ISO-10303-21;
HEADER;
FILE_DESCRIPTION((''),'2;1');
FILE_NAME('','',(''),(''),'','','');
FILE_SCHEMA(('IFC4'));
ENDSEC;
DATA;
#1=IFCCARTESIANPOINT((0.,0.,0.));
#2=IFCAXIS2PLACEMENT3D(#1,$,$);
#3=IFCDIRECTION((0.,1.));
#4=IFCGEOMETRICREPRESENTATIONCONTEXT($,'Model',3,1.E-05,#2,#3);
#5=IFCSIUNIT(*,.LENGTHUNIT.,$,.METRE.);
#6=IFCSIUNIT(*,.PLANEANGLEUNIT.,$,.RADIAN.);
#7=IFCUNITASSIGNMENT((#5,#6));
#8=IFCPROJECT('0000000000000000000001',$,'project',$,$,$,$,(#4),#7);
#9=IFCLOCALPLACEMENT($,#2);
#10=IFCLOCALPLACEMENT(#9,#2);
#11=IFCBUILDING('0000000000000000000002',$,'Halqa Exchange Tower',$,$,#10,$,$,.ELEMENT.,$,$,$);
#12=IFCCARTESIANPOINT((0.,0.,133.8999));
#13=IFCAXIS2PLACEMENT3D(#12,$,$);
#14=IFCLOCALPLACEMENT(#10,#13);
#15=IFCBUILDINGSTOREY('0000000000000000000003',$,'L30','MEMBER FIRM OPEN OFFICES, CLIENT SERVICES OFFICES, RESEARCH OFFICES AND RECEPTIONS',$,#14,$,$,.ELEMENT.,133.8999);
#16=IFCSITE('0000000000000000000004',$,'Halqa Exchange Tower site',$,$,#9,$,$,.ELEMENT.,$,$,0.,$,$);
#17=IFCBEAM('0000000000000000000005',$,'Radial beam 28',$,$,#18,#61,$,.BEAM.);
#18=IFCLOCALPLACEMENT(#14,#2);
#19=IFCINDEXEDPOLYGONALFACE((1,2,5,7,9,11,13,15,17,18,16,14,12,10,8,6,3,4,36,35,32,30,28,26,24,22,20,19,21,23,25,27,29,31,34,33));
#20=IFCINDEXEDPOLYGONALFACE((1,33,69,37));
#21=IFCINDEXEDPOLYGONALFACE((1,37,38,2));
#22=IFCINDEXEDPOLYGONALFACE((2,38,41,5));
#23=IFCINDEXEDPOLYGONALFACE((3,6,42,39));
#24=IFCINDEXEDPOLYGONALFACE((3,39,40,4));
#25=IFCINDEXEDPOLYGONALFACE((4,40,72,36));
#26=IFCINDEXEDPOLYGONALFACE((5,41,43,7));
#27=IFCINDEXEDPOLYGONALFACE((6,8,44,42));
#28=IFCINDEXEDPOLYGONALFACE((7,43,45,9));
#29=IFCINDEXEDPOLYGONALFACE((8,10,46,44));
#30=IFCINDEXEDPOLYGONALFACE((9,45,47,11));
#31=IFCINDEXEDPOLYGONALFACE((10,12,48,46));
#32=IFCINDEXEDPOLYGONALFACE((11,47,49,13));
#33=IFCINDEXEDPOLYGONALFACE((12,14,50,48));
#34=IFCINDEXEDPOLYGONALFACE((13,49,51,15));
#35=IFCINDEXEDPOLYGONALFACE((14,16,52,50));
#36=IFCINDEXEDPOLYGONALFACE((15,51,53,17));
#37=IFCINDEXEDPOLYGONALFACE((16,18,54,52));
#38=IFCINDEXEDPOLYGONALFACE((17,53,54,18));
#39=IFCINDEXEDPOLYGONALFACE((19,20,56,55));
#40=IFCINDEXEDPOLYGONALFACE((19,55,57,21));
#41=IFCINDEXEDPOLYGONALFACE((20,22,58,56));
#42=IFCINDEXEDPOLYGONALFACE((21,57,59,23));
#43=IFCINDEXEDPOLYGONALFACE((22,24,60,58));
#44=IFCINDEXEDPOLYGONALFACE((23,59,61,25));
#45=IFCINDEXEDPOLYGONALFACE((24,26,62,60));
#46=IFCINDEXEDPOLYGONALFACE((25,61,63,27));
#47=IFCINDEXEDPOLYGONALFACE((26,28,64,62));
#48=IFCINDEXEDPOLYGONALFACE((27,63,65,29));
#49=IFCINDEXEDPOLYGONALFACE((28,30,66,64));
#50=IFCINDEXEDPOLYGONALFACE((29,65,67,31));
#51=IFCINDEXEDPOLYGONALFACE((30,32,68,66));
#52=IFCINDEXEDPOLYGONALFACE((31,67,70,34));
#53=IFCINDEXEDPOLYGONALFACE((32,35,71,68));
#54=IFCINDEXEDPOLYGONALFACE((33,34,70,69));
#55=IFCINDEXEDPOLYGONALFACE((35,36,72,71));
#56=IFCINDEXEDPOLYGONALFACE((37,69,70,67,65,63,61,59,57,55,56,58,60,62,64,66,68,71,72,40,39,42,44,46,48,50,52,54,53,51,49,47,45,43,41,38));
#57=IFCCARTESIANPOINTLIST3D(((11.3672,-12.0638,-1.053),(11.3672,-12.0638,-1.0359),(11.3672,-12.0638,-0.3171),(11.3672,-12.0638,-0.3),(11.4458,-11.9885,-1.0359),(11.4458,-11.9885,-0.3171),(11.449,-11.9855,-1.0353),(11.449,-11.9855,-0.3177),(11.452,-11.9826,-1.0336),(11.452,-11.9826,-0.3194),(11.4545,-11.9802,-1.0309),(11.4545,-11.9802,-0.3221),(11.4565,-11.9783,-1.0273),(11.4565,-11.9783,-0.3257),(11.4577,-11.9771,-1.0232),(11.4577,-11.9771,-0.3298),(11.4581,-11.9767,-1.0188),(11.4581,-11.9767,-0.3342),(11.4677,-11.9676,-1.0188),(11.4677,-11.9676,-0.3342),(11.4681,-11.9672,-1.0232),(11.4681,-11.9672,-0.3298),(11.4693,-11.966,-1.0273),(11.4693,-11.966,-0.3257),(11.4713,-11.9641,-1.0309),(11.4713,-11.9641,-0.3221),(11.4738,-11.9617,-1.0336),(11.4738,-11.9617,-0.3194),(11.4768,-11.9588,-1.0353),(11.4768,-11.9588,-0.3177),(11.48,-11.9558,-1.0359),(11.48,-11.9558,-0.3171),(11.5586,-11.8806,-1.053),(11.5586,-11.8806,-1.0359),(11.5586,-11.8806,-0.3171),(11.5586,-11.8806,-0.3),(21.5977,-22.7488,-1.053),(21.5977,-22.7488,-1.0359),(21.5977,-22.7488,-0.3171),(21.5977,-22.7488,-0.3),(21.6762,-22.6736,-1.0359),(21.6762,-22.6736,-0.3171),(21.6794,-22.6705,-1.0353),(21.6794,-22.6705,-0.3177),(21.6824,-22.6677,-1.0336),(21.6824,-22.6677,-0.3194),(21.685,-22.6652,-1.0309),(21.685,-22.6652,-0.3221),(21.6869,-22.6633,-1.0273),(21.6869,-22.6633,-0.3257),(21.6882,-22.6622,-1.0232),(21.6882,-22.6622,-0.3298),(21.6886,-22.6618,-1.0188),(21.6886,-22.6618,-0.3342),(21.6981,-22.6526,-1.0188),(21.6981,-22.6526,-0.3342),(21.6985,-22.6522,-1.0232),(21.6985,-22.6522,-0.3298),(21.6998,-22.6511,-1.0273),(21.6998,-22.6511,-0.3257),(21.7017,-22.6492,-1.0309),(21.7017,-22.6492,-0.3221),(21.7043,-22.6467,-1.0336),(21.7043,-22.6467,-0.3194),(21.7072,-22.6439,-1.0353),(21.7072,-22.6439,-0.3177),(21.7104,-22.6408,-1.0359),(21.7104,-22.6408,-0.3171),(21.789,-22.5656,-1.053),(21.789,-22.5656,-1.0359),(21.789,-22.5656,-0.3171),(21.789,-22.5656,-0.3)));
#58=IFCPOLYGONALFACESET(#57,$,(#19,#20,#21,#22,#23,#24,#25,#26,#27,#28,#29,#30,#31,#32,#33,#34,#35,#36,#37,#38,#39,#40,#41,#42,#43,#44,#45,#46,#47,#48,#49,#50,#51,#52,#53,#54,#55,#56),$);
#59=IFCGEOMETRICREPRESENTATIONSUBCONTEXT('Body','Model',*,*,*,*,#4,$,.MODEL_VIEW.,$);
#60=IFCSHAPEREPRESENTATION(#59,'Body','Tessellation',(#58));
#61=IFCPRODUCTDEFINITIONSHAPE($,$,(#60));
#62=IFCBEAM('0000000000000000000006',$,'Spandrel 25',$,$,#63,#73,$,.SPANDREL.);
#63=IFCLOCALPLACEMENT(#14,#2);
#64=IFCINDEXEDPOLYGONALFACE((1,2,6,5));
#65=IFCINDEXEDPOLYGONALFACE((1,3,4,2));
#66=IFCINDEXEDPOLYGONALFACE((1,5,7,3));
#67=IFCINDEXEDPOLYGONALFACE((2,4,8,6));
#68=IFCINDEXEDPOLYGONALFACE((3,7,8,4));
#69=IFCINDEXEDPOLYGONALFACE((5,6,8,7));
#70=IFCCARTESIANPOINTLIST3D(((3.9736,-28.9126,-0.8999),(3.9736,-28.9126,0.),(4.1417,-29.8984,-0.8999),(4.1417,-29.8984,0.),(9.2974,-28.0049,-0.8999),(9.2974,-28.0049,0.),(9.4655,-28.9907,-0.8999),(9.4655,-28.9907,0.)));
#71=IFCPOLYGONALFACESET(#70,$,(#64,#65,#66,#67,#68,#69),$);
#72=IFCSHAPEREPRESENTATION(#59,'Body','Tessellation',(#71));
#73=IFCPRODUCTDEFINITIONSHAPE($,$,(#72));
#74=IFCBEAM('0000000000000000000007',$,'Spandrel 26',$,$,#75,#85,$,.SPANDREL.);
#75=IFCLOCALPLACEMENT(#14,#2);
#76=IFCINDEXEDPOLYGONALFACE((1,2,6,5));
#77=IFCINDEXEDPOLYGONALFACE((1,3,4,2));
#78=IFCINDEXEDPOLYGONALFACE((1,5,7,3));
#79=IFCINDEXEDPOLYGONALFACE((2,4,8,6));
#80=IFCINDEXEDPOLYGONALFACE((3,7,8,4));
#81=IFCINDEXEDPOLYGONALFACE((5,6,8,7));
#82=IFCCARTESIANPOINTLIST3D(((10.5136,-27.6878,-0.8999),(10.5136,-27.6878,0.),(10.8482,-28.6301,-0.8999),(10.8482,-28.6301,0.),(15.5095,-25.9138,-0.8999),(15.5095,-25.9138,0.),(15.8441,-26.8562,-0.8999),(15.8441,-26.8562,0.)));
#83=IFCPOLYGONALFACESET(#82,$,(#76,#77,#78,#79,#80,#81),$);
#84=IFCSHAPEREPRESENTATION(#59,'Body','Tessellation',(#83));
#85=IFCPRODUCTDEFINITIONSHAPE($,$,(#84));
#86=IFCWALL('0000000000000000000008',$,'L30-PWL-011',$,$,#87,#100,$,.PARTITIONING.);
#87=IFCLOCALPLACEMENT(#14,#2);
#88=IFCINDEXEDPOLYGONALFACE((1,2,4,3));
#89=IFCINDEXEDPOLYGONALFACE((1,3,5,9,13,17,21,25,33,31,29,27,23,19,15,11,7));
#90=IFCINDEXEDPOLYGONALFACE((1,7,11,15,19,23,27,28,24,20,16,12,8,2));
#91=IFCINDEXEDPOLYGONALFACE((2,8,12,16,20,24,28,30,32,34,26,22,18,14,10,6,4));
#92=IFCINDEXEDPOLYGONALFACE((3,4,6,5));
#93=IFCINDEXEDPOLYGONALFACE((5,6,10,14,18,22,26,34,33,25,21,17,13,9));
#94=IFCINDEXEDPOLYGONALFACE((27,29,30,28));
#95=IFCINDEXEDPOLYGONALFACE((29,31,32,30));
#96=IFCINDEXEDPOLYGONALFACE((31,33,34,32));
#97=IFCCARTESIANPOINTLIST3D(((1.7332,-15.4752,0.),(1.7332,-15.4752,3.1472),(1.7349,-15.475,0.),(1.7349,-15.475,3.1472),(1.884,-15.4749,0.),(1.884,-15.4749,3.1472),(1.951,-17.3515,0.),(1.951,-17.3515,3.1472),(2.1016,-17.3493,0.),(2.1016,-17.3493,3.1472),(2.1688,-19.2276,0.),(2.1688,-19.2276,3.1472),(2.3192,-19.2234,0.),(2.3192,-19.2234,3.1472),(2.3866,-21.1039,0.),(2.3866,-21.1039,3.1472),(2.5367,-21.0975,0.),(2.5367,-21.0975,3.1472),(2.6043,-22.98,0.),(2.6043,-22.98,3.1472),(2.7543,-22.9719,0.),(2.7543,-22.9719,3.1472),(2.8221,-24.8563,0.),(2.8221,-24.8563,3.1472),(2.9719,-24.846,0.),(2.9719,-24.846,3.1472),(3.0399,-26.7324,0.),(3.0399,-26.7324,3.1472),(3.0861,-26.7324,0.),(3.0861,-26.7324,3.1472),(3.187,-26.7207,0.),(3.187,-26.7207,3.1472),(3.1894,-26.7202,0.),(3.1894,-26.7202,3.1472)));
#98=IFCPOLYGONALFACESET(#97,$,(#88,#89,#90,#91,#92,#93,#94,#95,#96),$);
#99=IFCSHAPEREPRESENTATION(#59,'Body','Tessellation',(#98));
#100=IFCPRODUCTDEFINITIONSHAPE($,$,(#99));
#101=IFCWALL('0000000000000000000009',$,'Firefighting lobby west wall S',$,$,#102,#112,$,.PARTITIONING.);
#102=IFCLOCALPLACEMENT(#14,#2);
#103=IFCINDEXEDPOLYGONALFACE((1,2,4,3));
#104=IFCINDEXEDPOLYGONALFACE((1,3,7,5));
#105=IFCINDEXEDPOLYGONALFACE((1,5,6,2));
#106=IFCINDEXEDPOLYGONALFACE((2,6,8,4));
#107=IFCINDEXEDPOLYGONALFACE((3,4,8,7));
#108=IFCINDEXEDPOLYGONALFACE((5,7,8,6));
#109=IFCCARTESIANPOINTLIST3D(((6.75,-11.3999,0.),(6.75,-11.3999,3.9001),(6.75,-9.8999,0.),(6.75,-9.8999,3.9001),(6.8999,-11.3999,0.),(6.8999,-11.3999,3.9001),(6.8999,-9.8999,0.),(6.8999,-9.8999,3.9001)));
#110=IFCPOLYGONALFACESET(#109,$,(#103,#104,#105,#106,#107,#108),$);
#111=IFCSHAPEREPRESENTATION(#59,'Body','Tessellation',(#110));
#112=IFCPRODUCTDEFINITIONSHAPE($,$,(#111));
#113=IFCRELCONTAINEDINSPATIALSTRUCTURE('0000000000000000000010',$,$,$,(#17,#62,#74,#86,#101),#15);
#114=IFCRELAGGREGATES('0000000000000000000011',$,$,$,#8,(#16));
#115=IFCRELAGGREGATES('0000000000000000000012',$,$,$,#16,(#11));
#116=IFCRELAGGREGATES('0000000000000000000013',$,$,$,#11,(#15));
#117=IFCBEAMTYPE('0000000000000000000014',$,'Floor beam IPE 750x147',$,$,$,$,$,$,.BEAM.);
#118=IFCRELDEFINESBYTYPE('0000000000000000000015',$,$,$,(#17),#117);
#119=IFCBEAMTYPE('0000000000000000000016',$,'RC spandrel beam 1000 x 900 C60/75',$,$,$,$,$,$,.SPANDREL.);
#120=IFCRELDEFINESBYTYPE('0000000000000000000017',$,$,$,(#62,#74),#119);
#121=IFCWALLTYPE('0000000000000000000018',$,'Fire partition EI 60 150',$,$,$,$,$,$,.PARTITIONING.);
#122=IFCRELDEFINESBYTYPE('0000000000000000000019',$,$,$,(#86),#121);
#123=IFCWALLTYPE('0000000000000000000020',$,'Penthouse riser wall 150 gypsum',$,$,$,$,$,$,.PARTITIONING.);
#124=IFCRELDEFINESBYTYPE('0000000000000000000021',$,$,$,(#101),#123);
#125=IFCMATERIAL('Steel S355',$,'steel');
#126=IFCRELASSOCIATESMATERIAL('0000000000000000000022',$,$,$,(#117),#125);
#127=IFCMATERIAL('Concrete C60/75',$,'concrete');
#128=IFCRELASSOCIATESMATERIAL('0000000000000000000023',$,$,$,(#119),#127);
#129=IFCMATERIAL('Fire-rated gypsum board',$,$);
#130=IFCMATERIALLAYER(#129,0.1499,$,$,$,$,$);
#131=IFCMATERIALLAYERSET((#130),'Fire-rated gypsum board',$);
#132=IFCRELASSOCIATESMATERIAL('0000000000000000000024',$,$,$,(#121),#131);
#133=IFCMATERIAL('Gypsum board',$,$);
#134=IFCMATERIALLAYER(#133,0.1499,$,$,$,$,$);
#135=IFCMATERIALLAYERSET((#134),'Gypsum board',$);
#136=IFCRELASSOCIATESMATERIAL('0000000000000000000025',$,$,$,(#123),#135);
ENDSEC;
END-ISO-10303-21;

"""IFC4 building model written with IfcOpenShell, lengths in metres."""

from ifc_helpers import new_model, si_unit, direction, frame, frame_2d, origin, origin_2d, place, context, subcontext, project, spatial, polyline, rectangle, i_section, outline, extrude, material, layer, layer_set, material_profile, profile_set, type_object, element, save


model = new_model("IFC4")

# Units and contexts
model_context = context("Model", 3, precision=1e-05, world=origin(), true_north=direction((0.0, 1.0)))
body_context = subcontext(model_context, "Body", "Model", "MODEL_VIEW")
ifc_project = project(units=[si_unit("LENGTHUNIT", "METRE"), si_unit("PLANEANGLEUNIT", "RADIAN")], contexts=[model_context])

# Site, building, storey
site_placement = place(None, origin())
site = spatial("IfcSite", under=ifc_project, at=site_placement, Name="Halqa Exchange Tower site", CompositionType="ELEMENT", RefElevation=0.0)
building_placement = place(site_placement, origin())
building = spatial("IfcBuilding", under=site, at=building_placement, Name="Halqa Exchange Tower", CompositionType="ELEMENT")
storey_placement = place(building_placement, frame((0.0, 0.0, 133.8999)))
storey = spatial("IfcBuildingStorey", under=building, at=storey_placement, Name="L30", Description="MEMBER FIRM OPEN OFFICES, CLIENT SERVICES OFFICES, RESEARCH OFFICES AND RECEPTIONS", CompositionType="ELEMENT", Elevation=133.8999)

# Beams
ifc_material_1 = material(Name="Steel S355", Category="steel")
ifc_material_profile_1 = material_profile(ifc_material_1, i_section(OverallWidth=0.2649, OverallDepth=0.7529, WebThickness=0.0132, FlangeThickness=0.0171, FilletRadius=0.0171, at=origin_2d()), Name="IPE 750x147")
ifc_profile_set_1 = profile_set([ifc_material_profile_1], Name="Steel S355")
beam_type_1 = type_object("IfcBeamType", Name="Floor beam IPE 750x147", PredefinedType="BEAM", material=ifc_profile_set_1)
beam_1_placement = place(storey_placement, frame((11.4629, -11.9722, -0.6765), z_axis=(0.691575, -0.722305, 0.0), x_axis=(0.722305, 0.691575, 0.0)))
element("IfcBeam", 1, at=beam_1_placement, inside=storey, type_object=beam_type_1, Name="Radial beam 28", PredefinedType="BEAM", context=body_context, shape_type="SweptSolid", body=[
    extrude(i_section(OverallWidth=0.2649, OverallDepth=0.7529, WebThickness=0.0132, FlangeThickness=0.0171, FilletRadius=0.0171, at=origin_2d()), origin(), (0.0, 0.0, 1.0), 14.793),
])
ifc_material_2 = material(Name="Concrete C60/75", Category="concrete")
ifc_material_profile_2 = material_profile(ifc_material_2, rectangle(XDim=1.0, YDim=0.8999, at=origin_2d()), Name="1000 x 900")
ifc_profile_set_2 = profile_set([ifc_material_profile_2], Name="Concrete C60/75")
beam_type_2 = type_object("IfcBeamType", Name="RC spandrel beam 1000 x 900 C60/75", PredefinedType="SPANDREL", material=ifc_profile_set_2)
beam_2_placement = place(storey_placement, frame((4.0576, -29.4055, -0.45), z_axis=(0.985774, 0.168078, 0.0), x_axis=(-0.168078, 0.985774, 0.0)))
element("IfcBeam", 2, at=beam_2_placement, inside=storey, type_object=beam_type_2, Name="Spandrel 25", PredefinedType="SPANDREL", context=body_context, shape_type="SweptSolid", body=[
    extrude(rectangle(XDim=1.0, YDim=0.8999, at=origin_2d()), origin(), (0.0, 0.0, 1.0), 5.4006),
])
beam_3_placement = place(storey_placement, frame((10.6809, -28.1589, -0.45), z_axis=(0.942356, 0.334612, 0.0), x_axis=(-0.334612, 0.942356, 0.0)))
element("IfcBeam", 3, at=beam_3_placement, inside=storey, type_object=beam_type_2, Name="Spandrel 26", PredefinedType="SPANDREL", context=body_context, shape_type="SweptSolid", body=[
    extrude(rectangle(XDim=1.0, YDim=0.8999, at=origin_2d()), origin(), (0.0, 0.0, 1.0), 5.3015),
])

# Walls
ifc_material_3 = material(Name="Fire-rated gypsum board")
ifc_layer_1 = layer(ifc_material_3, 0.1499)
ifc_layer_set_1 = layer_set([ifc_layer_1], Name="Fire-rated gypsum board")
wall_type_1 = type_object("IfcWallType", Name="Fire partition EI 60 150", PredefinedType="PARTITIONING", material=ifc_layer_set_1)
wall_1_placement = place(storey_placement, frame((1.8076, -15.4666, 0.0), z_axis=(0.0, 0.0, 1.0), x_axis=(0.115308, -0.99333, 0.0)))
element("IfcWall", 4, at=wall_1_placement, inside=storey, type_object=wall_type_1, Name="L30-PWL-011", PredefinedType="PARTITIONING", context=body_context, shape_type="SweptSolid", body=[
    extrude(outline(polyline([(0.0, -0.075), (1.8889, -0.075), (3.7776, -0.075), (5.6665, -0.075), (7.5552, -0.075), (9.4441, -0.075), (11.3328, -0.075), (11.3381, -0.0291), (11.3381, 0.0725), (11.3379, 0.075), (9.4512, 0.075), (7.5645, 0.075), (5.6775, 0.075), (3.7908, 0.075), (1.9041, 0.075), (0.0171, 0.075), (0.0, -0.0732), (0.0, -0.075)])), origin(), (0.0, 0.0, 1.0), 3.1472),
])
ifc_material_4 = material(Name="Gypsum board")
ifc_layer_2 = layer(ifc_material_4, 0.1499)
ifc_layer_set_2 = layer_set([ifc_layer_2], Name="Gypsum board")
wall_type_2 = type_object("IfcWallType", Name="Penthouse riser wall 150 gypsum", PredefinedType="PARTITIONING", material=ifc_layer_set_2)
wall_2_placement = place(storey_placement, frame((6.825, -11.3999, 0.0), z_axis=(0.0, 0.0, 1.0), x_axis=(0.0, 1.0, 0.0)))
element("IfcWall", 5, at=wall_2_placement, inside=storey, type_object=wall_type_2, Name="Firefighting lobby west wall S", PredefinedType="PARTITIONING", context=body_context, shape_type="SweptSolid", body=[
    extrude(rectangle(XDim=1.5, YDim=0.1499, at=frame_2d((0.75, 0.0))), origin(), (0.0, 0.0, 1.0), 3.9001),
])

save(model, "model.ifc")
